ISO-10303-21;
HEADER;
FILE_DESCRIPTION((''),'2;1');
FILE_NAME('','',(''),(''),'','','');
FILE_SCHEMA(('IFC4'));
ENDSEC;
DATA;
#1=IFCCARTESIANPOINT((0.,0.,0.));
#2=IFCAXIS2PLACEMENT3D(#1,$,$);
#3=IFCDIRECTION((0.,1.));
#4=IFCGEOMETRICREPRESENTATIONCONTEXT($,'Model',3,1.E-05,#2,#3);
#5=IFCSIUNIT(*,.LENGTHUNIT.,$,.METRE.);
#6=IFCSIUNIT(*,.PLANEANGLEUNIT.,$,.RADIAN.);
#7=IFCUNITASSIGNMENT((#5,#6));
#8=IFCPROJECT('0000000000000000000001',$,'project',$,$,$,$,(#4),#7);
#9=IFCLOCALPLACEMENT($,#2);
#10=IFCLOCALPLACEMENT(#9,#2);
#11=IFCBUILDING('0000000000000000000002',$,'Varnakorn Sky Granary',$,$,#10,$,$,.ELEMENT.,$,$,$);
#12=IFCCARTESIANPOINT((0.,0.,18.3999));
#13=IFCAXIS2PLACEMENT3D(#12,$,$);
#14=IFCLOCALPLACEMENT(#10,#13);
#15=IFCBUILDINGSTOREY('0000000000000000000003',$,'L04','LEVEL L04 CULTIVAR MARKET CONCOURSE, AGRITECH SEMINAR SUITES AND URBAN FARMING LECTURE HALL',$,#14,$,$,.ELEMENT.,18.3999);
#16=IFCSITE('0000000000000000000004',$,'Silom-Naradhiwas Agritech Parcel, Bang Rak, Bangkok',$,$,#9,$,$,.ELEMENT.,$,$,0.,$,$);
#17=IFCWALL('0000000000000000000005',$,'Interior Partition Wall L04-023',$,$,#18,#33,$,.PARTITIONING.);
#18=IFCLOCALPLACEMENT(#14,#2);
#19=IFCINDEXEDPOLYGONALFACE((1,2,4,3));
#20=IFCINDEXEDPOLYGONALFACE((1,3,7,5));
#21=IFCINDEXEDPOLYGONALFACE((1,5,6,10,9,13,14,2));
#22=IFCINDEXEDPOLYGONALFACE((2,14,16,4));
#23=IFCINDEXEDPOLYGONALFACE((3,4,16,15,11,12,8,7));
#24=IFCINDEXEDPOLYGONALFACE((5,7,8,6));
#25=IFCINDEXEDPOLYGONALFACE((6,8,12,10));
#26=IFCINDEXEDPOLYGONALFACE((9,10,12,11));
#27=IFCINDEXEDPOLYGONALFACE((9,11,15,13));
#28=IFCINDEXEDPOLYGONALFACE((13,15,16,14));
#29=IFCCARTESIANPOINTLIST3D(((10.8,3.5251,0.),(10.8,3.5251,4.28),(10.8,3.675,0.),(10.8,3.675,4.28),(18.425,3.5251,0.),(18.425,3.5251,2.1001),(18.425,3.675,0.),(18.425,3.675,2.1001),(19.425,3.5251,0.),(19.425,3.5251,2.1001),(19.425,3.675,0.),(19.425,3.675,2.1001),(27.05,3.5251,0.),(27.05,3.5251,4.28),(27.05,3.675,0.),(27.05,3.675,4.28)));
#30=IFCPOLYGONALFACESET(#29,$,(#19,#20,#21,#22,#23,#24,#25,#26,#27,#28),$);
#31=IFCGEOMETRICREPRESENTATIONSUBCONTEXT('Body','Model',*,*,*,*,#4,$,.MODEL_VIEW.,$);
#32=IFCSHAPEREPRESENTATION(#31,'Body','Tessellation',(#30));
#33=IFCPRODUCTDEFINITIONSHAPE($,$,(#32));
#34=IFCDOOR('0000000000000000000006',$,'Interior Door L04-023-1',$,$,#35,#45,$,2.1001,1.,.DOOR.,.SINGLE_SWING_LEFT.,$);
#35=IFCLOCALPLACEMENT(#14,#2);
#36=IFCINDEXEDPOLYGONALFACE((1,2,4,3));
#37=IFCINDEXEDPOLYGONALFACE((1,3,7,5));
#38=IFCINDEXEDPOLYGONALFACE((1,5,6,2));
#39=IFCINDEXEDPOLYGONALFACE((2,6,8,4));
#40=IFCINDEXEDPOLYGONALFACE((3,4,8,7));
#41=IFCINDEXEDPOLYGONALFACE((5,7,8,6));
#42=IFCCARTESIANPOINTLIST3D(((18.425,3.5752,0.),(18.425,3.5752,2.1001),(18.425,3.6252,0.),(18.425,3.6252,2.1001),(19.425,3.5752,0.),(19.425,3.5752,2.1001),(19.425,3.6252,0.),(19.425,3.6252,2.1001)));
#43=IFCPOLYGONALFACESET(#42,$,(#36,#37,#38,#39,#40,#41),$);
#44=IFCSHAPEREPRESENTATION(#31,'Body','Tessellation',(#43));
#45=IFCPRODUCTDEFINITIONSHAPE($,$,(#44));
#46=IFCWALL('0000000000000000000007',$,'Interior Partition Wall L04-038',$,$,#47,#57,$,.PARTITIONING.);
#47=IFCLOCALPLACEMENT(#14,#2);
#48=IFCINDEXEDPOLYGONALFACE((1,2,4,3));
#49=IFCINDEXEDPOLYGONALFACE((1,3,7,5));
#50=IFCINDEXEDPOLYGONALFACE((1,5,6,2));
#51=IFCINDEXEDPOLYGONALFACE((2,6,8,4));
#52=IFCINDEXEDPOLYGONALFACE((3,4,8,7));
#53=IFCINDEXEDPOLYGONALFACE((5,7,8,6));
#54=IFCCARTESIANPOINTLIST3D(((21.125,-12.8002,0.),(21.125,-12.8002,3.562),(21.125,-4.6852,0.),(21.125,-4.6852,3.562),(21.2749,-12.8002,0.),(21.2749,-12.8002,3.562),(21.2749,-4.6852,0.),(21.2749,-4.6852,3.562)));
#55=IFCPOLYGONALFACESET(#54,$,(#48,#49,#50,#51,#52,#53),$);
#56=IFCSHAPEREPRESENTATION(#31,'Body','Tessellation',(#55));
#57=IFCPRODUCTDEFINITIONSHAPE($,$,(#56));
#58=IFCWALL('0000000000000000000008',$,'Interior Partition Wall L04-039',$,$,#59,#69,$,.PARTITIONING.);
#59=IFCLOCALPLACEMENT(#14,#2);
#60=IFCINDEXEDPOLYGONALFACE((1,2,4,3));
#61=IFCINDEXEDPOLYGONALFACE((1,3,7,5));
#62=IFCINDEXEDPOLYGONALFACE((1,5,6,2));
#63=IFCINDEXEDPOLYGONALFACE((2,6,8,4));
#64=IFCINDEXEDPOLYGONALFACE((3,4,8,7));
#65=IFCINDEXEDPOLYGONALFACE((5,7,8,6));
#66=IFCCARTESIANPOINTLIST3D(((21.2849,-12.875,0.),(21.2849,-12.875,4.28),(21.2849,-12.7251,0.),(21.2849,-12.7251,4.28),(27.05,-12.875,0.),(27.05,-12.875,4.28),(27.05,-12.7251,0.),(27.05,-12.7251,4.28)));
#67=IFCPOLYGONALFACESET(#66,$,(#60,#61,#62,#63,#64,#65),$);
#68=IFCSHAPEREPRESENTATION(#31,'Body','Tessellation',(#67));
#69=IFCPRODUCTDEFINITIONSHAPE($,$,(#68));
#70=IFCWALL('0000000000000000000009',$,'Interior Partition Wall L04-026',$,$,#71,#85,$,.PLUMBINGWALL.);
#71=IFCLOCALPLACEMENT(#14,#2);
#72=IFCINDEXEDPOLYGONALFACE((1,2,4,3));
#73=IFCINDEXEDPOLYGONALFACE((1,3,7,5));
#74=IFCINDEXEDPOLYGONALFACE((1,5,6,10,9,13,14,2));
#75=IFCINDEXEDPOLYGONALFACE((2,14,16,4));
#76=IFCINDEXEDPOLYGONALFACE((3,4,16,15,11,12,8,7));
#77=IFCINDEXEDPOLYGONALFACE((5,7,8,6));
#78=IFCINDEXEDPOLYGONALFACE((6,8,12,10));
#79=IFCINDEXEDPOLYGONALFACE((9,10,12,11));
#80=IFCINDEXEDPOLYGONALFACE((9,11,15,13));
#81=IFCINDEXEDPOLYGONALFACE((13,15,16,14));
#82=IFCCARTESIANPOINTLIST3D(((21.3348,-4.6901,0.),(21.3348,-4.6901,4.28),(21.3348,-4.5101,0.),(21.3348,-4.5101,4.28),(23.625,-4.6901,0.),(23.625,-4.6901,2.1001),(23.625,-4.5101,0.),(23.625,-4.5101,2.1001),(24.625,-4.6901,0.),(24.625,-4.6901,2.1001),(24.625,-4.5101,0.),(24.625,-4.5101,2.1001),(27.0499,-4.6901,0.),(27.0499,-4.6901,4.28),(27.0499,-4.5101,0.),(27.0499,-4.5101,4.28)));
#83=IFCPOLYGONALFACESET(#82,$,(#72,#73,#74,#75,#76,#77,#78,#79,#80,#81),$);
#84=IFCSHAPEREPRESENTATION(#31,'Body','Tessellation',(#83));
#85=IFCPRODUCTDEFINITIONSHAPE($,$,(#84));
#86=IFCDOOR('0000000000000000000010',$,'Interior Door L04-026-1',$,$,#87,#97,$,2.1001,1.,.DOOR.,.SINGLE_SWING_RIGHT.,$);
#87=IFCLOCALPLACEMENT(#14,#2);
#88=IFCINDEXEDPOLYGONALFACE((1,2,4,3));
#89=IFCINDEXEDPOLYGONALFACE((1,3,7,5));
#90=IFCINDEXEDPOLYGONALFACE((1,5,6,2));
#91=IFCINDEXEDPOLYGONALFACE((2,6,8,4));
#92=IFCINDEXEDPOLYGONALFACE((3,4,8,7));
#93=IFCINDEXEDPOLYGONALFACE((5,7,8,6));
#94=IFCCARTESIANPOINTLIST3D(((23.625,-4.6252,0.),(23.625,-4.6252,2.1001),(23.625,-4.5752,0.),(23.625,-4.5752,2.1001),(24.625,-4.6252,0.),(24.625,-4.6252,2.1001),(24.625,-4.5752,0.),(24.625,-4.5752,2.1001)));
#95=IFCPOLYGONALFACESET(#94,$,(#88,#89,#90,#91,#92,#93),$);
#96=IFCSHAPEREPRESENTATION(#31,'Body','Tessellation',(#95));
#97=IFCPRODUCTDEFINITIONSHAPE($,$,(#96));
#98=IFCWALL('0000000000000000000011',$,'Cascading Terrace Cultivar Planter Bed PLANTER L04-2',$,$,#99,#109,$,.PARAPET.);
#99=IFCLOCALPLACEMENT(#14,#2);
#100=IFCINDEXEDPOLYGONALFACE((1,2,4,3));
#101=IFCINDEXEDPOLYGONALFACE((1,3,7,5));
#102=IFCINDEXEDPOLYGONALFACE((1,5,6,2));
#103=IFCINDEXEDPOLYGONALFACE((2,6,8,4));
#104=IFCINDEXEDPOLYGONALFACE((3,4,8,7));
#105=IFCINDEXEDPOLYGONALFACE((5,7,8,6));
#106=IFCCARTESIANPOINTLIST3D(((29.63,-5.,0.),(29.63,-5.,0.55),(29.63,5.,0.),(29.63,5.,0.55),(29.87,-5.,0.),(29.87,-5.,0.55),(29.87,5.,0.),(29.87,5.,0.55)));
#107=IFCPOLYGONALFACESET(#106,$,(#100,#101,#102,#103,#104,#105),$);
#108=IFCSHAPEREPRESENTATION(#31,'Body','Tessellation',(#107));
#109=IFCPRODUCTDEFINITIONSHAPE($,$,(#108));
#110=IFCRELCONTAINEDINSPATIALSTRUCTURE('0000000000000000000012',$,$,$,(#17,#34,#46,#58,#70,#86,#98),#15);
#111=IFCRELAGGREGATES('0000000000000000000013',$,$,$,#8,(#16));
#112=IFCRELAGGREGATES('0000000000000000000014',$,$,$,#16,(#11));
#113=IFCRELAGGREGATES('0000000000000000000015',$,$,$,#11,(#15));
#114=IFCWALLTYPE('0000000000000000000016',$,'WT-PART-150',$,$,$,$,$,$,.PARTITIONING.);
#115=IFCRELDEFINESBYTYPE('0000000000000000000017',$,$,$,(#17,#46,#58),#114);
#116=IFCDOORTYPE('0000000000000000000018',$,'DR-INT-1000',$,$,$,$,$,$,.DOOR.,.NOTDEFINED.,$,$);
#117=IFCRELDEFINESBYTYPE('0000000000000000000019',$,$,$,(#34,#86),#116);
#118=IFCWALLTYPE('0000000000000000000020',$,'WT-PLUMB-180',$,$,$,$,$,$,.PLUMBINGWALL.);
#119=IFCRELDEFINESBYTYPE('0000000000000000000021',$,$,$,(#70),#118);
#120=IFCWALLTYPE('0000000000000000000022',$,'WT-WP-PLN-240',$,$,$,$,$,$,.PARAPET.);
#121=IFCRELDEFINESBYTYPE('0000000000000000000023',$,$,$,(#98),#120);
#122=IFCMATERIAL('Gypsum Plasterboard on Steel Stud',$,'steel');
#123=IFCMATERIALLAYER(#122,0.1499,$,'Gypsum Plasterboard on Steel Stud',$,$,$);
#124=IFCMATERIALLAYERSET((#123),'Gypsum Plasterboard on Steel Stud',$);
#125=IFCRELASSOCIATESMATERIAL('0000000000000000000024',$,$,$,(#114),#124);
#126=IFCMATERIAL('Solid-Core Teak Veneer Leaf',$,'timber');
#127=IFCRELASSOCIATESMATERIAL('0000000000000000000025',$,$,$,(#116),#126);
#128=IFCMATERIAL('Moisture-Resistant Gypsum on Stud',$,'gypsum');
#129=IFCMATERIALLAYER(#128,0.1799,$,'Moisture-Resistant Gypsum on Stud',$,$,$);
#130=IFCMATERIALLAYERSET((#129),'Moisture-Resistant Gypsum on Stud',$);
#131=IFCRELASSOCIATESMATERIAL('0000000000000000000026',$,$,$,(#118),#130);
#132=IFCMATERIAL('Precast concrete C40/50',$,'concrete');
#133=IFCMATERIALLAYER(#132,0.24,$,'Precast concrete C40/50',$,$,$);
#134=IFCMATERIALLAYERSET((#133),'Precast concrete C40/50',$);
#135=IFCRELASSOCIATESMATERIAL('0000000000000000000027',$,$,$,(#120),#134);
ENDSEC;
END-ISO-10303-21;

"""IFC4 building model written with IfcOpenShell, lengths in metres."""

from ifc_helpers import new_model, si_unit, direction, frame, frame_2d, origin, place, context, subcontext, project, spatial, rectangle, extrude, material, layer, layer_set, type_object, element, fill, save


model = new_model("IFC4")

# Units and contexts
model_context = context("Model", 3, precision=1e-05, world=origin(), true_north=direction((0.0, 1.0)))
body_context = subcontext(model_context, "Body", "Model", "MODEL_VIEW")
ifc_project = project(units=[si_unit("LENGTHUNIT", "METRE"), si_unit("PLANEANGLEUNIT", "RADIAN")], contexts=[model_context])

# Site, building, storey
site_placement = place(None, origin())
site = spatial("IfcSite", under=ifc_project, at=site_placement, Name="Silom-Naradhiwas Agritech Parcel, Bang Rak, Bangkok", CompositionType="ELEMENT", RefElevation=0.0)
building_placement = place(site_placement, origin())
building = spatial("IfcBuilding", under=site, at=building_placement, Name="Varnakorn Sky Granary", CompositionType="ELEMENT")
storey_placement = place(building_placement, frame((0.0, 0.0, 18.3999)))
storey = spatial("IfcBuildingStorey", under=building, at=storey_placement, Name="L04", Description="LEVEL L04 CULTIVAR MARKET CONCOURSE, AGRITECH SEMINAR SUITES AND URBAN FARMING LECTURE HALL", CompositionType="ELEMENT", Elevation=18.3999)

# Shared definitions
ifc_material_1 = material(Name="Precast concrete C40/50", Category="concrete")

# Wall, opening, door
ifc_material_2 = material(Name="Gypsum Plasterboard on Steel Stud", Category="steel")
ifc_layer_1 = layer(ifc_material_2, 0.1499, Name="Gypsum Plasterboard on Steel Stud")
ifc_layer_set_1 = layer_set([ifc_layer_1], Name="Gypsum Plasterboard on Steel Stud")
wall_type_1 = type_object("IfcWallType", Name="WT-PART-150", PredefinedType="PARTITIONING", material=ifc_layer_set_1)
wall_1_placement = place(storey_placement, frame((27.05, 3.6001, 0.0), z_axis=(0.0, 0.0, 1.0), x_axis=(-1.0, 0.0, 0.0)))
wall_1 = element("IfcWall", 1, at=wall_1_placement, inside=storey, type_object=wall_type_1, Name="Interior Partition Wall L04-023", PredefinedType="PARTITIONING", context=body_context, shape_type="SweptSolid", body=[
    extrude(rectangle(XDim=16.25, YDim=0.1499, at=frame_2d((8.125, 0.0))), origin(), (0.0, 0.0, 1.0), 4.28),
])
opening_1_placement = place(wall_1_placement, frame((7.625, 0.0, 0.0)))
opening_1 = element("IfcOpeningElement", 2, at=opening_1_placement, cuts=wall_1, PredefinedType="OPENING", context=body_context, shape_type="SweptSolid", body=[
    extrude(rectangle(XDim=1.0, YDim=2.1001, at=frame_2d((0.5, 1.05))), frame((0.0, 0.085, 0.0), z_axis=(0.0, -1.0, 0.0), x_axis=(1.0, 0.0, 0.0)), (0.0, 0.0, 1.0), 0.1699),
])
ifc_material_3 = material(Name="Solid-Core Teak Veneer Leaf", Category="timber")
door_type_1 = type_object("IfcDoorType", Name="DR-INT-1000", OperationType="NOTDEFINED", PredefinedType="DOOR", material=ifc_material_3)
door_1_placement = place(opening_1_placement, origin())
door_1 = element("IfcDoor", 3, at=door_1_placement, inside=storey, type_object=door_type_1, Name="Interior Door L04-023-1", OperationType="SINGLE_SWING_LEFT", OverallHeight=2.1001, OverallWidth=1.0, PredefinedType="DOOR", context=body_context, shape_type="SweptSolid", body=[
    extrude(rectangle(XDim=1.0, YDim=2.1001, at=frame_2d((0.5, 1.05))), frame((0.0, 0.0249, 0.0), z_axis=(0.0, -1.0, 0.0), x_axis=(1.0, 0.0, 0.0)), (0.0, 0.0, 1.0), 0.05),
])
fill(opening_1, door_1)

# Walls
wall_2_placement = place(storey_placement, frame((21.2, -4.6851, 0.0), z_axis=(0.0, 0.0, 1.0), x_axis=(0.0, -1.0, 0.0)))
element("IfcWall", 4, at=wall_2_placement, inside=storey, type_object=wall_type_1, Name="Interior Partition Wall L04-038", PredefinedType="PARTITIONING", context=body_context, shape_type="SweptSolid", body=[
    extrude(rectangle(XDim=8.115, YDim=0.1499, at=frame_2d((4.0576, 0.0))), origin(), (0.0, 0.0, 1.0), 3.562),
])
wall_3_placement = place(storey_placement, frame((21.2849, -12.8, 0.0), z_axis=(0.0, 0.0, 1.0), x_axis=(1.0, 0.0, 0.0)))
element("IfcWall", 5, at=wall_3_placement, inside=storey, type_object=wall_type_1, Name="Interior Partition Wall L04-039", PredefinedType="PARTITIONING", context=body_context, shape_type="SweptSolid", body=[
    extrude(rectangle(XDim=5.7651, YDim=0.1499, at=frame_2d((2.8826, 0.0))), origin(), (0.0, 0.0, 1.0), 4.28),
])

# Wall, opening, door
ifc_material_4 = material(Name="Moisture-Resistant Gypsum on Stud", Category="gypsum")
ifc_layer_2 = layer(ifc_material_4, 0.1799, Name="Moisture-Resistant Gypsum on Stud")
ifc_layer_set_2 = layer_set([ifc_layer_2], Name="Moisture-Resistant Gypsum on Stud")
wall_type_2 = type_object("IfcWallType", Name="WT-PLUMB-180", PredefinedType="PLUMBINGWALL", material=ifc_layer_set_2)
wall_4_placement = place(storey_placement, frame((21.335, -4.6001, 0.0), z_axis=(0.0, 0.0, 1.0), x_axis=(1.0, 0.0, 0.0)))
wall_4 = element("IfcWall", 6, at=wall_4_placement, inside=storey, type_object=wall_type_2, Name="Interior Partition Wall L04-026", PredefinedType="PLUMBINGWALL", context=body_context, shape_type="SweptSolid", body=[
    extrude(rectangle(XDim=5.7151, YDim=0.1799, at=frame_2d((2.8574, 0.0))), origin(), (0.0, 0.0, 1.0), 4.28),
])
opening_2_placement = place(wall_4_placement, frame((2.29, 0.0, 0.0)))
opening_2 = element("IfcOpeningElement", 7, at=opening_2_placement, cuts=wall_4, PredefinedType="OPENING", context=body_context, shape_type="SweptSolid", body=[
    extrude(rectangle(XDim=1.0, YDim=2.1001, at=frame_2d((0.5, 1.05))), frame((0.0, 0.1001, 0.0), z_axis=(0.0, -1.0, 0.0), x_axis=(1.0, 0.0, 0.0)), (0.0, 0.0, 1.0), 0.2),
])
door_2_placement = place(opening_2_placement, origin())
door_2 = element("IfcDoor", 8, at=door_2_placement, inside=storey, type_object=door_type_1, Name="Interior Door L04-026-1", OperationType="SINGLE_SWING_RIGHT", OverallHeight=2.1001, OverallWidth=1.0, PredefinedType="DOOR", context=body_context, shape_type="SweptSolid", body=[
    extrude(rectangle(XDim=1.0, YDim=2.1001, at=frame_2d((0.5, 1.05))), frame((0.0, 0.0249, 0.0), z_axis=(0.0, -1.0, 0.0), x_axis=(1.0, 0.0, 0.0)), (0.0, 0.0, 1.0), 0.05),
])
fill(opening_2, door_2)

# Wall
ifc_layer_3 = layer(ifc_material_1, 0.24, Name="Precast concrete C40/50")
ifc_layer_set_3 = layer_set([ifc_layer_3], Name="Precast concrete C40/50")
wall_type_3 = type_object("IfcWallType", Name="WT-WP-PLN-240", PredefinedType="PARAPET", material=ifc_layer_set_3)
wall_5_placement = place(storey_placement, frame((29.75, -5.0, 0.0), z_axis=(0.0, 0.0, 1.0), x_axis=(0.0, 1.0, 0.0)))
element("IfcWall", 9, at=wall_5_placement, inside=storey, type_object=wall_type_3, Name="Cascading Terrace Cultivar Planter Bed PLANTER L04-2", PredefinedType="PARAPET", context=body_context, shape_type="SweptSolid", body=[
    extrude(rectangle(XDim=10.0, YDim=0.24, at=frame_2d((5.0, 0.0))), origin(), (0.0, 0.0, 1.0), 0.55),
])

save(model, "model.ifc")
